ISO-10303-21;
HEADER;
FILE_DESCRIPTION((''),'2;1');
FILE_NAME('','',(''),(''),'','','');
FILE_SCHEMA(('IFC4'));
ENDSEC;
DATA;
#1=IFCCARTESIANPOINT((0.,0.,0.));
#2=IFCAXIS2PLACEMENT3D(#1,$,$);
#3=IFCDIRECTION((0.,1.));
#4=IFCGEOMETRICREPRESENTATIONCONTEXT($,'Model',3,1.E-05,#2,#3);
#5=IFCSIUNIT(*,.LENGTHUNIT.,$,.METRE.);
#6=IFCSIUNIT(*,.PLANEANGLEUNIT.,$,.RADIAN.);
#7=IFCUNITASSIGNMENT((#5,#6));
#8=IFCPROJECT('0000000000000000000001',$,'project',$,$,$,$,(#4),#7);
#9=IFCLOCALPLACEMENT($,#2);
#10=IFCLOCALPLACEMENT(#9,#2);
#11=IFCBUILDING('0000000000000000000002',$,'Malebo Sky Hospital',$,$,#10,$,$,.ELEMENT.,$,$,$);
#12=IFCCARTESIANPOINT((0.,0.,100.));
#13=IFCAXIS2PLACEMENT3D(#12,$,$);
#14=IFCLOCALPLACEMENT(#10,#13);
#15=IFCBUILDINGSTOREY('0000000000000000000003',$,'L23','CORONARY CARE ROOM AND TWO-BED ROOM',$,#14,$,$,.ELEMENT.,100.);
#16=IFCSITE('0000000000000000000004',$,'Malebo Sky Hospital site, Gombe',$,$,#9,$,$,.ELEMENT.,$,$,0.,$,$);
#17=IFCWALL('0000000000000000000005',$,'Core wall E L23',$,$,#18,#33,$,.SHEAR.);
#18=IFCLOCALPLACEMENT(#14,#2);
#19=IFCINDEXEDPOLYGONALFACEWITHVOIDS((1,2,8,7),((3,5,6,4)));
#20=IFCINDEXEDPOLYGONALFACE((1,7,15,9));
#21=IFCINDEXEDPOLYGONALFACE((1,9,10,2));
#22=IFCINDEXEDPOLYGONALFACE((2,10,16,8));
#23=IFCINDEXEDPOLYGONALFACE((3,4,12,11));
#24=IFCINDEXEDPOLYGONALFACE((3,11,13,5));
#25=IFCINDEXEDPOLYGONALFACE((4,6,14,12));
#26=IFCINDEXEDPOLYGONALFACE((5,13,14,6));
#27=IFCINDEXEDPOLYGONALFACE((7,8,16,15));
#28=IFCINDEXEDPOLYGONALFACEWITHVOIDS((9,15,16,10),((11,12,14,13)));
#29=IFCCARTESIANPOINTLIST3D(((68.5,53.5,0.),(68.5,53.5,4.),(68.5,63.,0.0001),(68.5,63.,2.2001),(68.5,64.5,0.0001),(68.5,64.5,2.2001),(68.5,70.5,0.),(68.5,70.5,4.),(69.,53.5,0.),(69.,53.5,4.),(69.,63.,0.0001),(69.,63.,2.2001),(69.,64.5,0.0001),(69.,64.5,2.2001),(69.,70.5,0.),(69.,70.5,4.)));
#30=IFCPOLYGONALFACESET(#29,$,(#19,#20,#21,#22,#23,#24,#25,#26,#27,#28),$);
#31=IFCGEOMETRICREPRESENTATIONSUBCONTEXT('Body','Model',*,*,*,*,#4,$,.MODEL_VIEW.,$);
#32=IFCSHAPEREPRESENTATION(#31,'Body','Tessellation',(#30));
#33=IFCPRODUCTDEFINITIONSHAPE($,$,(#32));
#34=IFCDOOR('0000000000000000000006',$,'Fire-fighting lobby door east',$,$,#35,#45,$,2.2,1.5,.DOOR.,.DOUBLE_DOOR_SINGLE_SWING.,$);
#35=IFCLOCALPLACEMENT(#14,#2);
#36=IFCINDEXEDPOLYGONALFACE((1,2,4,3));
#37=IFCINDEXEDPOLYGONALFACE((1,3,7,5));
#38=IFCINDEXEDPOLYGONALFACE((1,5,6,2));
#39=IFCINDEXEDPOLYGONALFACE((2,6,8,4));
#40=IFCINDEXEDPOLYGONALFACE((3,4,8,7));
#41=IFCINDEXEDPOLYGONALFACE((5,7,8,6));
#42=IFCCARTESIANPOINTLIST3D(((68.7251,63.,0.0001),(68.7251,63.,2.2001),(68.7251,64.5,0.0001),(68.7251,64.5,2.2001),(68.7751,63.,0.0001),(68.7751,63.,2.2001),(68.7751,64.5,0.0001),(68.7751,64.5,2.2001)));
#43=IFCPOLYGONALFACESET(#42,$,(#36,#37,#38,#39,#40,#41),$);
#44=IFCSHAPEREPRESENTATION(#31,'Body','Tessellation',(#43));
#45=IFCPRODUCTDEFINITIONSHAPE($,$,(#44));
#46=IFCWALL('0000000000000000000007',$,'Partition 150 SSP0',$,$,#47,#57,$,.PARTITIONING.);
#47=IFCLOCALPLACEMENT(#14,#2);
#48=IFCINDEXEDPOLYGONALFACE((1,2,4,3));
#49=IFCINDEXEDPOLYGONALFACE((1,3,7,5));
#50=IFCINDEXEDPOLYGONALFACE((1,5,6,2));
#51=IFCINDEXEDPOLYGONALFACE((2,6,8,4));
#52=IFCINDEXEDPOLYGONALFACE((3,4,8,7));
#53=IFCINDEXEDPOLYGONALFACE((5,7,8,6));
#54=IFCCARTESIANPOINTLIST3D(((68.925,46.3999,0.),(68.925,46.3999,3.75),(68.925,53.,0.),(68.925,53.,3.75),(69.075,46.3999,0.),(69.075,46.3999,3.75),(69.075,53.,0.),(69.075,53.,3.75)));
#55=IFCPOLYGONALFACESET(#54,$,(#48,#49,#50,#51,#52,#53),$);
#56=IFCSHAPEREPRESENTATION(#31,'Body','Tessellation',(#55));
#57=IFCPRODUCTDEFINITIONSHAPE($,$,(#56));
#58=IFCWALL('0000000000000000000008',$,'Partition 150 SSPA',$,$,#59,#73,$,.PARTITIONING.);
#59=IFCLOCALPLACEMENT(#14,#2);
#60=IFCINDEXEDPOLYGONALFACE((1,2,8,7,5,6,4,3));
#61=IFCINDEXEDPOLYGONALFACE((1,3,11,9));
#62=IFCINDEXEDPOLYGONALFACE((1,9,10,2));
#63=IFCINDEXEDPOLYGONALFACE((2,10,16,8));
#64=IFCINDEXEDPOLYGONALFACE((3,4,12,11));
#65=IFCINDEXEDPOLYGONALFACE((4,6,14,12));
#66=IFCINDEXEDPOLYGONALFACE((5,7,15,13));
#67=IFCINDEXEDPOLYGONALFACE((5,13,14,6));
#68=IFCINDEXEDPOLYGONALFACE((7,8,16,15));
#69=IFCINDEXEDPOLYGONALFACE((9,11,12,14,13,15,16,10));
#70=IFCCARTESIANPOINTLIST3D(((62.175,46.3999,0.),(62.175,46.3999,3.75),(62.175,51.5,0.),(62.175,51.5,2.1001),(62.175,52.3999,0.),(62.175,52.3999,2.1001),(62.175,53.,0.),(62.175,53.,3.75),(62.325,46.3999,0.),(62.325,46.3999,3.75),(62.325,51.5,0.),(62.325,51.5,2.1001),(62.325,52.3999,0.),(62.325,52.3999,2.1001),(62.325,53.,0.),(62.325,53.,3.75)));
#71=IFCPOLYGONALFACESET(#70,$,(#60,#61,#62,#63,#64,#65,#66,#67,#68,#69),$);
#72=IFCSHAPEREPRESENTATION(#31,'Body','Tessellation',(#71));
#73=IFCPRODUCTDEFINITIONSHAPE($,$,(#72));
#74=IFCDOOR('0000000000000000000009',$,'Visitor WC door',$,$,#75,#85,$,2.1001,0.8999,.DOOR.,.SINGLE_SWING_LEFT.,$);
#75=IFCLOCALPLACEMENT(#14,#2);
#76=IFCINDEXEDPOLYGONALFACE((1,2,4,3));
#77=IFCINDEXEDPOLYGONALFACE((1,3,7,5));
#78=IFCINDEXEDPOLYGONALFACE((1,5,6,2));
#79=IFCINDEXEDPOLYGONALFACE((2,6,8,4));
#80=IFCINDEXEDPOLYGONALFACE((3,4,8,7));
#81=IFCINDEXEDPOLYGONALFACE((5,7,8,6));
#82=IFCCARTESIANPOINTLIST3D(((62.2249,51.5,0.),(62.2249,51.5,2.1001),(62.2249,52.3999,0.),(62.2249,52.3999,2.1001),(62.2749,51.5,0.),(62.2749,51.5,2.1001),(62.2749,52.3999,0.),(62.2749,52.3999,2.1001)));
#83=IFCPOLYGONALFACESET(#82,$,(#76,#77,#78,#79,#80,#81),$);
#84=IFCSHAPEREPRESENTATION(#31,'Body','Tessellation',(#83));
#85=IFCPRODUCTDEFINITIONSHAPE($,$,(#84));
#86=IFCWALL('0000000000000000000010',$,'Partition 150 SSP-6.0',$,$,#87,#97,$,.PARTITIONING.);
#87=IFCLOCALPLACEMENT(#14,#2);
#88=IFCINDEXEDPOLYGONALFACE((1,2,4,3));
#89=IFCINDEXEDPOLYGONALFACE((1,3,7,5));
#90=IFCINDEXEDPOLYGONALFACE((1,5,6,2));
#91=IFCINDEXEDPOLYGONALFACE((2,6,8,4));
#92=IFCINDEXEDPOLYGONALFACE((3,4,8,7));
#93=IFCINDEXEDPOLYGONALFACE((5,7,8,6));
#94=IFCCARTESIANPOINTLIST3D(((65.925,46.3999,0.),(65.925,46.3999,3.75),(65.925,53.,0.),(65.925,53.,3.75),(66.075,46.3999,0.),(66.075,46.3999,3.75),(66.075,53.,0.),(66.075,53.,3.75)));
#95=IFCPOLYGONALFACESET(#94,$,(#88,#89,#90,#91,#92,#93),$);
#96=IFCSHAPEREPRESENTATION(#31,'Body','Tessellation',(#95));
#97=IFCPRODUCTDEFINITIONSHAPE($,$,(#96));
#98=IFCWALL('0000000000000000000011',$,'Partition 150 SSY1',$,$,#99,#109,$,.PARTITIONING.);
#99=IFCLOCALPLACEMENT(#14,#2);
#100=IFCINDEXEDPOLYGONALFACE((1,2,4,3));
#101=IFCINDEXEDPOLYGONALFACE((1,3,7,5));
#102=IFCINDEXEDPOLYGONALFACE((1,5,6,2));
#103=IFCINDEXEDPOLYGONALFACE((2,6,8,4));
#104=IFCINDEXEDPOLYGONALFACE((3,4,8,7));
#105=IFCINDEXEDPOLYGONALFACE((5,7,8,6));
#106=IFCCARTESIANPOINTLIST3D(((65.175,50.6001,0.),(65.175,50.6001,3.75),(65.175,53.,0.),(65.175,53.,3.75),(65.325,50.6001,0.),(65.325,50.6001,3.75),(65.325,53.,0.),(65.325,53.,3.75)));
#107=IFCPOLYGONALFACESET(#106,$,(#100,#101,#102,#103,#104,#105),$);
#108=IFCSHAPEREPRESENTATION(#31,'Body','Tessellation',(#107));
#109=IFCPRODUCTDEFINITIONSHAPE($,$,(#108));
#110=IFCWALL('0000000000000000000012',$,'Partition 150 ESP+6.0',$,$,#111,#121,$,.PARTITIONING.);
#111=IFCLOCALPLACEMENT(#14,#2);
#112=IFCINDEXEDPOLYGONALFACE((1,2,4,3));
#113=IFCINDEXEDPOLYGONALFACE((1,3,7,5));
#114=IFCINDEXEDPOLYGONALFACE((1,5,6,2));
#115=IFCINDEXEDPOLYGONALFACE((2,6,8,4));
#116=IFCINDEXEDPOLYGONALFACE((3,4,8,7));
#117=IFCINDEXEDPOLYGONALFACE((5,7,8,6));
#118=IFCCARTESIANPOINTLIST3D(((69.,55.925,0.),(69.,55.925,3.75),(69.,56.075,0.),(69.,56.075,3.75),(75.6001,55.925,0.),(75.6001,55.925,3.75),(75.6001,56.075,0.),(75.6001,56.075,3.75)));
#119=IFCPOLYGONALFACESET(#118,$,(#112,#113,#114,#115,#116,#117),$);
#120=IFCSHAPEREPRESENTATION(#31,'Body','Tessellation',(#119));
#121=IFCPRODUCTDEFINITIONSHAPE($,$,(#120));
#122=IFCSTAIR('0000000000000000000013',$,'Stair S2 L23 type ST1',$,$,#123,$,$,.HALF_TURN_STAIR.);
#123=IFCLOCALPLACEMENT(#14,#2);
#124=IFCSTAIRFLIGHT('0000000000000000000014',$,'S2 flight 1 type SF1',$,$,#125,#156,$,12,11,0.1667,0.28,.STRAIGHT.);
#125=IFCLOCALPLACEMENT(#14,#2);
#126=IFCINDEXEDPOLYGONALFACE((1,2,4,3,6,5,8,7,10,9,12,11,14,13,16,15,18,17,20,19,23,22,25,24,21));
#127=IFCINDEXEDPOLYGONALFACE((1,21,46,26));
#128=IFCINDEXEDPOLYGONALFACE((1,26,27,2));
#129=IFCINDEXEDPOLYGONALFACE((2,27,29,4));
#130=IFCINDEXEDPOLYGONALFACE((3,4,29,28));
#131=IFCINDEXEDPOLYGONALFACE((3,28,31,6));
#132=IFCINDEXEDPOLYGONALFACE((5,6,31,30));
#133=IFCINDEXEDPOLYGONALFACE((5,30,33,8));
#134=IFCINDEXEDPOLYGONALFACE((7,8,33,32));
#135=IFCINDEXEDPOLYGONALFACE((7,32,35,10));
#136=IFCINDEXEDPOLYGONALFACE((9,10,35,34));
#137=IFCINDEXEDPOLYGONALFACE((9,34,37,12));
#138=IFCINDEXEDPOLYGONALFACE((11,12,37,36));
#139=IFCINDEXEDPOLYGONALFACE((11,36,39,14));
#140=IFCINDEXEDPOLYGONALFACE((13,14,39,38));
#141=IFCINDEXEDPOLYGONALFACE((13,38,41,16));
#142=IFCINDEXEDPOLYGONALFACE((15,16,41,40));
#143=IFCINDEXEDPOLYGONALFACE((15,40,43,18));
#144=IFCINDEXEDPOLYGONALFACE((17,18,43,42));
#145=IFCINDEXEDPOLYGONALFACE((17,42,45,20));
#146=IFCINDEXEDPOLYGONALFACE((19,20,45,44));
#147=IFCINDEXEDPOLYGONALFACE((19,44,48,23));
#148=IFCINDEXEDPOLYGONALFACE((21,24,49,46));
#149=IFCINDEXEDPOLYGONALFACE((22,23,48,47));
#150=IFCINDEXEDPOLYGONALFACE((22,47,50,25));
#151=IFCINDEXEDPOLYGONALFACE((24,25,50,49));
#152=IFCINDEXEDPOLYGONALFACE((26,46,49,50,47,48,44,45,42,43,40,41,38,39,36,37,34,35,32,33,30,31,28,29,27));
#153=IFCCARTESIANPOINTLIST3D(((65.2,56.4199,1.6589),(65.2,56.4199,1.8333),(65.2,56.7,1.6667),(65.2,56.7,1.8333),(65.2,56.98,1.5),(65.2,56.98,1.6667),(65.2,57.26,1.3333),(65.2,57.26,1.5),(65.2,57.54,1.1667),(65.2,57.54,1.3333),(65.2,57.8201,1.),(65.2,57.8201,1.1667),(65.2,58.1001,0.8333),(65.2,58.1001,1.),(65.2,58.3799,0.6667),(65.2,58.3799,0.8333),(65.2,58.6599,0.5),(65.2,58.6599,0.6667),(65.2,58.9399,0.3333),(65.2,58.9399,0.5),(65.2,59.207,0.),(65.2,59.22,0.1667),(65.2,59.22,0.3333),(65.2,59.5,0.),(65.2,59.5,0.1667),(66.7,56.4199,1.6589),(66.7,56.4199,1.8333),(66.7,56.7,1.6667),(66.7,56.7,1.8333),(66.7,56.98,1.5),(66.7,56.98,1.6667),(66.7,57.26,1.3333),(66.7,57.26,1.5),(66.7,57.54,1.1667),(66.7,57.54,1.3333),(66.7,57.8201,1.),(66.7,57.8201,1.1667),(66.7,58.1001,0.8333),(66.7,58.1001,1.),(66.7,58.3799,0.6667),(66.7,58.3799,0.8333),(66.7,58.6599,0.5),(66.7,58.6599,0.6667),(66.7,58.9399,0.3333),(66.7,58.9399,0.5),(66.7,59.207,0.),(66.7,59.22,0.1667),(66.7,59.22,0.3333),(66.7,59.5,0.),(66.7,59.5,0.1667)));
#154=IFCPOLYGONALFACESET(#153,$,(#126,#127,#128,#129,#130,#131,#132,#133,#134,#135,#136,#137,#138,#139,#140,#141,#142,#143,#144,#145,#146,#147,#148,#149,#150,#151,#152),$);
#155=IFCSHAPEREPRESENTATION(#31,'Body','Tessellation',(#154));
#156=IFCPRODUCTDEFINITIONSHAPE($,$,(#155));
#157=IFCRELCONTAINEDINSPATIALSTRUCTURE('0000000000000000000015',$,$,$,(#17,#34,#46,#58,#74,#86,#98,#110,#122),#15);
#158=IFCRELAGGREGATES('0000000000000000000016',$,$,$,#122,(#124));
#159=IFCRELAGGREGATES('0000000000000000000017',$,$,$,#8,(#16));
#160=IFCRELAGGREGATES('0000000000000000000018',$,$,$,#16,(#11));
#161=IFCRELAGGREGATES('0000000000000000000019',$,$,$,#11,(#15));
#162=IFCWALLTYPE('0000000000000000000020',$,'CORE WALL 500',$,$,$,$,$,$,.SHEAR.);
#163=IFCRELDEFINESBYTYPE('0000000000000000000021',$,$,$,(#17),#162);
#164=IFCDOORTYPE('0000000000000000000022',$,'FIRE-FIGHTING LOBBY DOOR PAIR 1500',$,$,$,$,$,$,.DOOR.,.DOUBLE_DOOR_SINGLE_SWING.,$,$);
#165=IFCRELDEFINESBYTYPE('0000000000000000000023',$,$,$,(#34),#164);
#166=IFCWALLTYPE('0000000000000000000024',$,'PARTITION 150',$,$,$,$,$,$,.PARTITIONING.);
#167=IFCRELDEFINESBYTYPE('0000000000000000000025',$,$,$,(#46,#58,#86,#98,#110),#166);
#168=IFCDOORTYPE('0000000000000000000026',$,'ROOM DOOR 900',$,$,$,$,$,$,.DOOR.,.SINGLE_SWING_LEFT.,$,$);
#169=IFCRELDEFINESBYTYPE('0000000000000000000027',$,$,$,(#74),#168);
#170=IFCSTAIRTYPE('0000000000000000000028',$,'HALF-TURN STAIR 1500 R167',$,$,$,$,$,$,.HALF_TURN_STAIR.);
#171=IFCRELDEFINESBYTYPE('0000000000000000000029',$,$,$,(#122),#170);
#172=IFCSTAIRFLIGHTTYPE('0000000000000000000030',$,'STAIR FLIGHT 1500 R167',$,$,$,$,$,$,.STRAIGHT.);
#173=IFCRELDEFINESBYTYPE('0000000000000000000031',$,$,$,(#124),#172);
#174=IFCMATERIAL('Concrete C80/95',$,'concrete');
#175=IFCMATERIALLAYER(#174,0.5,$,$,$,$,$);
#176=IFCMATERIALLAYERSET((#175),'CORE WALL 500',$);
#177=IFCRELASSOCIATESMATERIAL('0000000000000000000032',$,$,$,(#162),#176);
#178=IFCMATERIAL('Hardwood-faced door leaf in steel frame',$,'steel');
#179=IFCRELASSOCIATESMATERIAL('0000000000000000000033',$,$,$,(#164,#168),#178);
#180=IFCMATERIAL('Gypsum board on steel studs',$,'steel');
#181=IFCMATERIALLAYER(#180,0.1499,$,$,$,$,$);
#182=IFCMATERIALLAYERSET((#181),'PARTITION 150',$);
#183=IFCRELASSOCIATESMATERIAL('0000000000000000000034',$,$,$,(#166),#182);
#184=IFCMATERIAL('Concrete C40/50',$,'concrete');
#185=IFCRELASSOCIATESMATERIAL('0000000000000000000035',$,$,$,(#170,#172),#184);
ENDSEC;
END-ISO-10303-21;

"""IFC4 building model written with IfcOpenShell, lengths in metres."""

from ifc_helpers import new_model, si_unit, direction, frame, frame_2d, origin, place, context, subcontext, project, spatial, polyline, rectangle, outline, extrude, material, layer, layer_set, type_object, element, fill, aggregate, save


model = new_model("IFC4")

# Units and contexts
model_context = context("Model", 3, precision=1e-05, world=origin(), true_north=direction((0.0, 1.0)))
body_context = subcontext(model_context, "Body", "Model", "MODEL_VIEW")
ifc_project = project(units=[si_unit("LENGTHUNIT", "METRE"), si_unit("PLANEANGLEUNIT", "RADIAN")], contexts=[model_context])

# Site, building, storey
site_placement = place(None, origin())
site = spatial("IfcSite", under=ifc_project, at=site_placement, Name="Malebo Sky Hospital site, Gombe", CompositionType="ELEMENT", RefElevation=0.0)
building_placement = place(site_placement, origin())
building = spatial("IfcBuilding", under=site, at=building_placement, Name="Malebo Sky Hospital", CompositionType="ELEMENT")
storey_placement = place(building_placement, frame((0.0, 0.0, 100.0)))
storey = spatial("IfcBuildingStorey", under=building, at=storey_placement, Name="L23", Description="CORONARY CARE ROOM AND TWO-BED ROOM", CompositionType="ELEMENT", Elevation=100.0)

# Shared definitions
ifc_material_1 = material(Name="Concrete C80/95", Category="concrete")

# Wall, opening, door
ifc_material_2 = material(Name="Hardwood-faced door leaf in steel frame", Category="steel")
ifc_layer_1 = layer(ifc_material_1, 0.5)
ifc_layer_set_1 = layer_set([ifc_layer_1], Name="CORE WALL 500")
wall_type_1 = type_object("IfcWallType", Name="CORE WALL 500", PredefinedType="SHEAR", material=ifc_layer_set_1)
wall_1_placement = place(storey_placement, frame((68.75, 53.5, 0.0), z_axis=(0.0, 0.0, 1.0), x_axis=(0.0, 1.0, 0.0)))
wall_1 = element("IfcWall", 1, at=wall_1_placement, inside=storey, type_object=wall_type_1, Name="Core wall E L23", PredefinedType="SHEAR", context=body_context, shape_type="SweptSolid", body=[
    extrude(rectangle(XDim=17.0, YDim=0.5, at=frame_2d((8.5, 0.0))), origin(), (0.0, 0.0, 1.0), 4.0),
])
opening_1_placement = place(wall_1_placement, frame((9.5, 0.0, 0.0)))
opening_1 = element("IfcOpeningElement", 2, at=opening_1_placement, cuts=wall_1, PredefinedType="OPENING", context=body_context, shape_type="SweptSolid", body=[
    extrude(rectangle(XDim=1.5, YDim=2.2, at=frame_2d((0.75, 1.1001))), frame((0.0, 0.26, 0.0), z_axis=(0.0, -1.0, 0.0), x_axis=(1.0, 0.0, 0.0)), (0.0, 0.0, 1.0), 0.52),
])
door_type_1 = type_object("IfcDoorType", Name="FIRE-FIGHTING LOBBY DOOR PAIR 1500", OperationType="DOUBLE_DOOR_SINGLE_SWING", PredefinedType="DOOR", material=ifc_material_2)
door_1_placement = place(opening_1_placement, origin())
door_1 = element("IfcDoor", 3, at=door_1_placement, inside=storey, type_object=door_type_1, Name="Fire-fighting lobby door east", OperationType="DOUBLE_DOOR_SINGLE_SWING", OverallHeight=2.2, OverallWidth=1.5, PredefinedType="DOOR", context=body_context, shape_type="SweptSolid", body=[
    extrude(rectangle(XDim=1.5, YDim=2.2, at=frame_2d((0.75, 1.1001))), frame((0.0, 0.0249, 0.0), z_axis=(0.0, -1.0, 0.0), x_axis=(1.0, 0.0, 0.0)), (0.0, 0.0, 1.0), 0.05),
])
fill(opening_1, door_1)

# Wall
ifc_material_3 = material(Name="Gypsum board on steel studs", Category="steel")
ifc_layer_2 = layer(ifc_material_3, 0.1499)
ifc_layer_set_2 = layer_set([ifc_layer_2], Name="PARTITION 150")
wall_type_2 = type_object("IfcWallType", Name="PARTITION 150", PredefinedType="PARTITIONING", material=ifc_layer_set_2)
wall_2_placement = place(storey_placement, frame((69.0, 53.0, 0.0), z_axis=(0.0, 0.0, 1.0), x_axis=(0.0, -1.0, 0.0)))
element("IfcWall", 4, at=wall_2_placement, inside=storey, type_object=wall_type_2, Name="Partition 150 SSP0", PredefinedType="PARTITIONING", context=body_context, shape_type="SweptSolid", body=[
    extrude(rectangle(XDim=6.6001, YDim=0.1499, at=frame_2d((3.3, 0.0))), origin(), (0.0, 0.0, 1.0), 3.75),
])

# Wall, opening, door
wall_3_placement = place(storey_placement, frame((62.25, 53.0, 0.0), z_axis=(0.0, 0.0, 1.0), x_axis=(0.0, -1.0, 0.0)))
wall_3 = element("IfcWall", 5, at=wall_3_placement, inside=storey, type_object=wall_type_2, Name="Partition 150 SSPA", PredefinedType="PARTITIONING", context=body_context, shape_type="SweptSolid", body=[
    extrude(rectangle(XDim=6.6001, YDim=0.1499, at=frame_2d((3.3, 0.0))), origin(), (0.0, 0.0, 1.0), 3.75),
])
opening_2_placement = place(wall_3_placement, frame((0.6001, 0.0, 0.0)))
opening_2 = element("IfcOpeningElement", 6, at=opening_2_placement, cuts=wall_3, PredefinedType="OPENING", context=body_context, shape_type="SweptSolid", body=[
    extrude(rectangle(XDim=0.8999, YDim=2.1001, at=frame_2d((0.45, 1.05))), frame((0.0, 0.085, 0.0), z_axis=(0.0, -1.0, 0.0), x_axis=(1.0, 0.0, 0.0)), (0.0, 0.0, 1.0), 0.1699),
])
door_type_2 = type_object("IfcDoorType", Name="ROOM DOOR 900", OperationType="SINGLE_SWING_LEFT", PredefinedType="DOOR", material=ifc_material_2)
door_2_placement = place(opening_2_placement, origin())
door_2 = element("IfcDoor", 7, at=door_2_placement, inside=storey, type_object=door_type_2, Name="Visitor WC door", OperationType="SINGLE_SWING_LEFT", OverallHeight=2.1001, OverallWidth=0.8999, PredefinedType="DOOR", context=body_context, shape_type="SweptSolid", body=[
    extrude(rectangle(XDim=0.8999, YDim=2.1001, at=frame_2d((0.45, 1.05))), frame((0.0, 0.0249, 0.0), z_axis=(0.0, -1.0, 0.0), x_axis=(1.0, 0.0, 0.0)), (0.0, 0.0, 1.0), 0.05),
])
fill(opening_2, door_2)

# Walls
wall_4_placement = place(storey_placement, frame((66.0, 53.0, 0.0), z_axis=(0.0, 0.0, 1.0), x_axis=(0.0, -1.0, 0.0)))
element("IfcWall", 8, at=wall_4_placement, inside=storey, type_object=wall_type_2, Name="Partition 150 SSP-6.0", PredefinedType="PARTITIONING", context=body_context, shape_type="SweptSolid", body=[
    extrude(rectangle(XDim=6.6001, YDim=0.1499, at=frame_2d((3.3, 0.0))), origin(), (0.0, 0.0, 1.0), 3.75),
])
wall_5_placement = place(storey_placement, frame((65.25, 53.0, 0.0), z_axis=(0.0, 0.0, 1.0), x_axis=(0.0, -1.0, 0.0)))
element("IfcWall", 9, at=wall_5_placement, inside=storey, type_object=wall_type_2, Name="Partition 150 SSY1", PredefinedType="PARTITIONING", context=body_context, shape_type="SweptSolid", body=[
    extrude(rectangle(XDim=2.3999, YDim=0.1499, at=frame_2d((1.2, 0.0))), origin(), (0.0, 0.0, 1.0), 3.75),
])
wall_6_placement = place(storey_placement, frame((69.0, 56.0, 0.0), z_axis=(0.0, 0.0, 1.0), x_axis=(1.0, 0.0, 0.0)))
element("IfcWall", 10, at=wall_6_placement, inside=storey, type_object=wall_type_2, Name="Partition 150 ESP+6.0", PredefinedType="PARTITIONING", context=body_context, shape_type="SweptSolid", body=[
    extrude(rectangle(XDim=6.6001, YDim=0.1499, at=frame_2d((3.3, 0.0))), origin(), (0.0, 0.0, 1.0), 3.75),
])

# Stair, stair flight
ifc_material_4 = material(Name="Concrete C40/50", Category="concrete")
stair_type = type_object("IfcStairType", Name="HALF-TURN STAIR 1500 R167", PredefinedType="HALF_TURN_STAIR", material=ifc_material_4)
stair_placement = place(storey_placement, origin())
stair = element("IfcStair", 11, at=stair_placement, inside=storey, type_object=stair_type, Name="Stair S2 L23 type ST1", PredefinedType="HALF_TURN_STAIR")
stair_flight_type = type_object("IfcStairFlightType", Name="STAIR FLIGHT 1500 R167", PredefinedType="STRAIGHT", material=ifc_material_4)
stair_flight_1_placement = place(storey_placement, frame((65.95, 59.5, 0.0), z_axis=(0.0, 0.0, 1.0), x_axis=(0.0, -1.0, 0.0)))
stair_flight_1 = element("IfcStairFlight", 12, at=stair_flight_1_placement, type_object=stair_flight_type, Name="S2 flight 1 type SF1", NumberOfRisers=12, NumberOfTreads=11, PredefinedType="STRAIGHT", RiserHeight=0.1667, TreadLength=0.28, context=body_context, shape_type="SweptSolid", body=[
    extrude(outline(polyline([(0.0, 0.0), (0.0, 0.1667), (0.28, 0.1667), (0.28, 0.3333), (0.5601, 0.3333), (0.5601, 0.5), (0.8401, 0.5), (0.8401, 0.6667), (1.1201, 0.6667), (1.1201, 0.8333), (1.3999, 0.8333), (1.3999, 1.0), (1.6799, 1.0), (1.6799, 1.1667), (1.96, 1.1667), (1.96, 1.3333), (2.24, 1.3333), (2.24, 1.5), (2.52, 1.5), (2.52, 1.6667), (2.8, 1.6667), (2.8, 1.8333), (3.0801, 1.8333), (3.0801, 2.0), (3.0801, 1.6589), (0.293, 0.0), (0.0, 0.0)])), frame((0.0, 0.75, 0.0), z_axis=(0.0, -1.0, 0.0), x_axis=(1.0, 0.0, 0.0)), (0.0, 0.0, 1.0), 1.5),
])
aggregate(stair, [stair_flight_1])

save(model, "model.ifc")
